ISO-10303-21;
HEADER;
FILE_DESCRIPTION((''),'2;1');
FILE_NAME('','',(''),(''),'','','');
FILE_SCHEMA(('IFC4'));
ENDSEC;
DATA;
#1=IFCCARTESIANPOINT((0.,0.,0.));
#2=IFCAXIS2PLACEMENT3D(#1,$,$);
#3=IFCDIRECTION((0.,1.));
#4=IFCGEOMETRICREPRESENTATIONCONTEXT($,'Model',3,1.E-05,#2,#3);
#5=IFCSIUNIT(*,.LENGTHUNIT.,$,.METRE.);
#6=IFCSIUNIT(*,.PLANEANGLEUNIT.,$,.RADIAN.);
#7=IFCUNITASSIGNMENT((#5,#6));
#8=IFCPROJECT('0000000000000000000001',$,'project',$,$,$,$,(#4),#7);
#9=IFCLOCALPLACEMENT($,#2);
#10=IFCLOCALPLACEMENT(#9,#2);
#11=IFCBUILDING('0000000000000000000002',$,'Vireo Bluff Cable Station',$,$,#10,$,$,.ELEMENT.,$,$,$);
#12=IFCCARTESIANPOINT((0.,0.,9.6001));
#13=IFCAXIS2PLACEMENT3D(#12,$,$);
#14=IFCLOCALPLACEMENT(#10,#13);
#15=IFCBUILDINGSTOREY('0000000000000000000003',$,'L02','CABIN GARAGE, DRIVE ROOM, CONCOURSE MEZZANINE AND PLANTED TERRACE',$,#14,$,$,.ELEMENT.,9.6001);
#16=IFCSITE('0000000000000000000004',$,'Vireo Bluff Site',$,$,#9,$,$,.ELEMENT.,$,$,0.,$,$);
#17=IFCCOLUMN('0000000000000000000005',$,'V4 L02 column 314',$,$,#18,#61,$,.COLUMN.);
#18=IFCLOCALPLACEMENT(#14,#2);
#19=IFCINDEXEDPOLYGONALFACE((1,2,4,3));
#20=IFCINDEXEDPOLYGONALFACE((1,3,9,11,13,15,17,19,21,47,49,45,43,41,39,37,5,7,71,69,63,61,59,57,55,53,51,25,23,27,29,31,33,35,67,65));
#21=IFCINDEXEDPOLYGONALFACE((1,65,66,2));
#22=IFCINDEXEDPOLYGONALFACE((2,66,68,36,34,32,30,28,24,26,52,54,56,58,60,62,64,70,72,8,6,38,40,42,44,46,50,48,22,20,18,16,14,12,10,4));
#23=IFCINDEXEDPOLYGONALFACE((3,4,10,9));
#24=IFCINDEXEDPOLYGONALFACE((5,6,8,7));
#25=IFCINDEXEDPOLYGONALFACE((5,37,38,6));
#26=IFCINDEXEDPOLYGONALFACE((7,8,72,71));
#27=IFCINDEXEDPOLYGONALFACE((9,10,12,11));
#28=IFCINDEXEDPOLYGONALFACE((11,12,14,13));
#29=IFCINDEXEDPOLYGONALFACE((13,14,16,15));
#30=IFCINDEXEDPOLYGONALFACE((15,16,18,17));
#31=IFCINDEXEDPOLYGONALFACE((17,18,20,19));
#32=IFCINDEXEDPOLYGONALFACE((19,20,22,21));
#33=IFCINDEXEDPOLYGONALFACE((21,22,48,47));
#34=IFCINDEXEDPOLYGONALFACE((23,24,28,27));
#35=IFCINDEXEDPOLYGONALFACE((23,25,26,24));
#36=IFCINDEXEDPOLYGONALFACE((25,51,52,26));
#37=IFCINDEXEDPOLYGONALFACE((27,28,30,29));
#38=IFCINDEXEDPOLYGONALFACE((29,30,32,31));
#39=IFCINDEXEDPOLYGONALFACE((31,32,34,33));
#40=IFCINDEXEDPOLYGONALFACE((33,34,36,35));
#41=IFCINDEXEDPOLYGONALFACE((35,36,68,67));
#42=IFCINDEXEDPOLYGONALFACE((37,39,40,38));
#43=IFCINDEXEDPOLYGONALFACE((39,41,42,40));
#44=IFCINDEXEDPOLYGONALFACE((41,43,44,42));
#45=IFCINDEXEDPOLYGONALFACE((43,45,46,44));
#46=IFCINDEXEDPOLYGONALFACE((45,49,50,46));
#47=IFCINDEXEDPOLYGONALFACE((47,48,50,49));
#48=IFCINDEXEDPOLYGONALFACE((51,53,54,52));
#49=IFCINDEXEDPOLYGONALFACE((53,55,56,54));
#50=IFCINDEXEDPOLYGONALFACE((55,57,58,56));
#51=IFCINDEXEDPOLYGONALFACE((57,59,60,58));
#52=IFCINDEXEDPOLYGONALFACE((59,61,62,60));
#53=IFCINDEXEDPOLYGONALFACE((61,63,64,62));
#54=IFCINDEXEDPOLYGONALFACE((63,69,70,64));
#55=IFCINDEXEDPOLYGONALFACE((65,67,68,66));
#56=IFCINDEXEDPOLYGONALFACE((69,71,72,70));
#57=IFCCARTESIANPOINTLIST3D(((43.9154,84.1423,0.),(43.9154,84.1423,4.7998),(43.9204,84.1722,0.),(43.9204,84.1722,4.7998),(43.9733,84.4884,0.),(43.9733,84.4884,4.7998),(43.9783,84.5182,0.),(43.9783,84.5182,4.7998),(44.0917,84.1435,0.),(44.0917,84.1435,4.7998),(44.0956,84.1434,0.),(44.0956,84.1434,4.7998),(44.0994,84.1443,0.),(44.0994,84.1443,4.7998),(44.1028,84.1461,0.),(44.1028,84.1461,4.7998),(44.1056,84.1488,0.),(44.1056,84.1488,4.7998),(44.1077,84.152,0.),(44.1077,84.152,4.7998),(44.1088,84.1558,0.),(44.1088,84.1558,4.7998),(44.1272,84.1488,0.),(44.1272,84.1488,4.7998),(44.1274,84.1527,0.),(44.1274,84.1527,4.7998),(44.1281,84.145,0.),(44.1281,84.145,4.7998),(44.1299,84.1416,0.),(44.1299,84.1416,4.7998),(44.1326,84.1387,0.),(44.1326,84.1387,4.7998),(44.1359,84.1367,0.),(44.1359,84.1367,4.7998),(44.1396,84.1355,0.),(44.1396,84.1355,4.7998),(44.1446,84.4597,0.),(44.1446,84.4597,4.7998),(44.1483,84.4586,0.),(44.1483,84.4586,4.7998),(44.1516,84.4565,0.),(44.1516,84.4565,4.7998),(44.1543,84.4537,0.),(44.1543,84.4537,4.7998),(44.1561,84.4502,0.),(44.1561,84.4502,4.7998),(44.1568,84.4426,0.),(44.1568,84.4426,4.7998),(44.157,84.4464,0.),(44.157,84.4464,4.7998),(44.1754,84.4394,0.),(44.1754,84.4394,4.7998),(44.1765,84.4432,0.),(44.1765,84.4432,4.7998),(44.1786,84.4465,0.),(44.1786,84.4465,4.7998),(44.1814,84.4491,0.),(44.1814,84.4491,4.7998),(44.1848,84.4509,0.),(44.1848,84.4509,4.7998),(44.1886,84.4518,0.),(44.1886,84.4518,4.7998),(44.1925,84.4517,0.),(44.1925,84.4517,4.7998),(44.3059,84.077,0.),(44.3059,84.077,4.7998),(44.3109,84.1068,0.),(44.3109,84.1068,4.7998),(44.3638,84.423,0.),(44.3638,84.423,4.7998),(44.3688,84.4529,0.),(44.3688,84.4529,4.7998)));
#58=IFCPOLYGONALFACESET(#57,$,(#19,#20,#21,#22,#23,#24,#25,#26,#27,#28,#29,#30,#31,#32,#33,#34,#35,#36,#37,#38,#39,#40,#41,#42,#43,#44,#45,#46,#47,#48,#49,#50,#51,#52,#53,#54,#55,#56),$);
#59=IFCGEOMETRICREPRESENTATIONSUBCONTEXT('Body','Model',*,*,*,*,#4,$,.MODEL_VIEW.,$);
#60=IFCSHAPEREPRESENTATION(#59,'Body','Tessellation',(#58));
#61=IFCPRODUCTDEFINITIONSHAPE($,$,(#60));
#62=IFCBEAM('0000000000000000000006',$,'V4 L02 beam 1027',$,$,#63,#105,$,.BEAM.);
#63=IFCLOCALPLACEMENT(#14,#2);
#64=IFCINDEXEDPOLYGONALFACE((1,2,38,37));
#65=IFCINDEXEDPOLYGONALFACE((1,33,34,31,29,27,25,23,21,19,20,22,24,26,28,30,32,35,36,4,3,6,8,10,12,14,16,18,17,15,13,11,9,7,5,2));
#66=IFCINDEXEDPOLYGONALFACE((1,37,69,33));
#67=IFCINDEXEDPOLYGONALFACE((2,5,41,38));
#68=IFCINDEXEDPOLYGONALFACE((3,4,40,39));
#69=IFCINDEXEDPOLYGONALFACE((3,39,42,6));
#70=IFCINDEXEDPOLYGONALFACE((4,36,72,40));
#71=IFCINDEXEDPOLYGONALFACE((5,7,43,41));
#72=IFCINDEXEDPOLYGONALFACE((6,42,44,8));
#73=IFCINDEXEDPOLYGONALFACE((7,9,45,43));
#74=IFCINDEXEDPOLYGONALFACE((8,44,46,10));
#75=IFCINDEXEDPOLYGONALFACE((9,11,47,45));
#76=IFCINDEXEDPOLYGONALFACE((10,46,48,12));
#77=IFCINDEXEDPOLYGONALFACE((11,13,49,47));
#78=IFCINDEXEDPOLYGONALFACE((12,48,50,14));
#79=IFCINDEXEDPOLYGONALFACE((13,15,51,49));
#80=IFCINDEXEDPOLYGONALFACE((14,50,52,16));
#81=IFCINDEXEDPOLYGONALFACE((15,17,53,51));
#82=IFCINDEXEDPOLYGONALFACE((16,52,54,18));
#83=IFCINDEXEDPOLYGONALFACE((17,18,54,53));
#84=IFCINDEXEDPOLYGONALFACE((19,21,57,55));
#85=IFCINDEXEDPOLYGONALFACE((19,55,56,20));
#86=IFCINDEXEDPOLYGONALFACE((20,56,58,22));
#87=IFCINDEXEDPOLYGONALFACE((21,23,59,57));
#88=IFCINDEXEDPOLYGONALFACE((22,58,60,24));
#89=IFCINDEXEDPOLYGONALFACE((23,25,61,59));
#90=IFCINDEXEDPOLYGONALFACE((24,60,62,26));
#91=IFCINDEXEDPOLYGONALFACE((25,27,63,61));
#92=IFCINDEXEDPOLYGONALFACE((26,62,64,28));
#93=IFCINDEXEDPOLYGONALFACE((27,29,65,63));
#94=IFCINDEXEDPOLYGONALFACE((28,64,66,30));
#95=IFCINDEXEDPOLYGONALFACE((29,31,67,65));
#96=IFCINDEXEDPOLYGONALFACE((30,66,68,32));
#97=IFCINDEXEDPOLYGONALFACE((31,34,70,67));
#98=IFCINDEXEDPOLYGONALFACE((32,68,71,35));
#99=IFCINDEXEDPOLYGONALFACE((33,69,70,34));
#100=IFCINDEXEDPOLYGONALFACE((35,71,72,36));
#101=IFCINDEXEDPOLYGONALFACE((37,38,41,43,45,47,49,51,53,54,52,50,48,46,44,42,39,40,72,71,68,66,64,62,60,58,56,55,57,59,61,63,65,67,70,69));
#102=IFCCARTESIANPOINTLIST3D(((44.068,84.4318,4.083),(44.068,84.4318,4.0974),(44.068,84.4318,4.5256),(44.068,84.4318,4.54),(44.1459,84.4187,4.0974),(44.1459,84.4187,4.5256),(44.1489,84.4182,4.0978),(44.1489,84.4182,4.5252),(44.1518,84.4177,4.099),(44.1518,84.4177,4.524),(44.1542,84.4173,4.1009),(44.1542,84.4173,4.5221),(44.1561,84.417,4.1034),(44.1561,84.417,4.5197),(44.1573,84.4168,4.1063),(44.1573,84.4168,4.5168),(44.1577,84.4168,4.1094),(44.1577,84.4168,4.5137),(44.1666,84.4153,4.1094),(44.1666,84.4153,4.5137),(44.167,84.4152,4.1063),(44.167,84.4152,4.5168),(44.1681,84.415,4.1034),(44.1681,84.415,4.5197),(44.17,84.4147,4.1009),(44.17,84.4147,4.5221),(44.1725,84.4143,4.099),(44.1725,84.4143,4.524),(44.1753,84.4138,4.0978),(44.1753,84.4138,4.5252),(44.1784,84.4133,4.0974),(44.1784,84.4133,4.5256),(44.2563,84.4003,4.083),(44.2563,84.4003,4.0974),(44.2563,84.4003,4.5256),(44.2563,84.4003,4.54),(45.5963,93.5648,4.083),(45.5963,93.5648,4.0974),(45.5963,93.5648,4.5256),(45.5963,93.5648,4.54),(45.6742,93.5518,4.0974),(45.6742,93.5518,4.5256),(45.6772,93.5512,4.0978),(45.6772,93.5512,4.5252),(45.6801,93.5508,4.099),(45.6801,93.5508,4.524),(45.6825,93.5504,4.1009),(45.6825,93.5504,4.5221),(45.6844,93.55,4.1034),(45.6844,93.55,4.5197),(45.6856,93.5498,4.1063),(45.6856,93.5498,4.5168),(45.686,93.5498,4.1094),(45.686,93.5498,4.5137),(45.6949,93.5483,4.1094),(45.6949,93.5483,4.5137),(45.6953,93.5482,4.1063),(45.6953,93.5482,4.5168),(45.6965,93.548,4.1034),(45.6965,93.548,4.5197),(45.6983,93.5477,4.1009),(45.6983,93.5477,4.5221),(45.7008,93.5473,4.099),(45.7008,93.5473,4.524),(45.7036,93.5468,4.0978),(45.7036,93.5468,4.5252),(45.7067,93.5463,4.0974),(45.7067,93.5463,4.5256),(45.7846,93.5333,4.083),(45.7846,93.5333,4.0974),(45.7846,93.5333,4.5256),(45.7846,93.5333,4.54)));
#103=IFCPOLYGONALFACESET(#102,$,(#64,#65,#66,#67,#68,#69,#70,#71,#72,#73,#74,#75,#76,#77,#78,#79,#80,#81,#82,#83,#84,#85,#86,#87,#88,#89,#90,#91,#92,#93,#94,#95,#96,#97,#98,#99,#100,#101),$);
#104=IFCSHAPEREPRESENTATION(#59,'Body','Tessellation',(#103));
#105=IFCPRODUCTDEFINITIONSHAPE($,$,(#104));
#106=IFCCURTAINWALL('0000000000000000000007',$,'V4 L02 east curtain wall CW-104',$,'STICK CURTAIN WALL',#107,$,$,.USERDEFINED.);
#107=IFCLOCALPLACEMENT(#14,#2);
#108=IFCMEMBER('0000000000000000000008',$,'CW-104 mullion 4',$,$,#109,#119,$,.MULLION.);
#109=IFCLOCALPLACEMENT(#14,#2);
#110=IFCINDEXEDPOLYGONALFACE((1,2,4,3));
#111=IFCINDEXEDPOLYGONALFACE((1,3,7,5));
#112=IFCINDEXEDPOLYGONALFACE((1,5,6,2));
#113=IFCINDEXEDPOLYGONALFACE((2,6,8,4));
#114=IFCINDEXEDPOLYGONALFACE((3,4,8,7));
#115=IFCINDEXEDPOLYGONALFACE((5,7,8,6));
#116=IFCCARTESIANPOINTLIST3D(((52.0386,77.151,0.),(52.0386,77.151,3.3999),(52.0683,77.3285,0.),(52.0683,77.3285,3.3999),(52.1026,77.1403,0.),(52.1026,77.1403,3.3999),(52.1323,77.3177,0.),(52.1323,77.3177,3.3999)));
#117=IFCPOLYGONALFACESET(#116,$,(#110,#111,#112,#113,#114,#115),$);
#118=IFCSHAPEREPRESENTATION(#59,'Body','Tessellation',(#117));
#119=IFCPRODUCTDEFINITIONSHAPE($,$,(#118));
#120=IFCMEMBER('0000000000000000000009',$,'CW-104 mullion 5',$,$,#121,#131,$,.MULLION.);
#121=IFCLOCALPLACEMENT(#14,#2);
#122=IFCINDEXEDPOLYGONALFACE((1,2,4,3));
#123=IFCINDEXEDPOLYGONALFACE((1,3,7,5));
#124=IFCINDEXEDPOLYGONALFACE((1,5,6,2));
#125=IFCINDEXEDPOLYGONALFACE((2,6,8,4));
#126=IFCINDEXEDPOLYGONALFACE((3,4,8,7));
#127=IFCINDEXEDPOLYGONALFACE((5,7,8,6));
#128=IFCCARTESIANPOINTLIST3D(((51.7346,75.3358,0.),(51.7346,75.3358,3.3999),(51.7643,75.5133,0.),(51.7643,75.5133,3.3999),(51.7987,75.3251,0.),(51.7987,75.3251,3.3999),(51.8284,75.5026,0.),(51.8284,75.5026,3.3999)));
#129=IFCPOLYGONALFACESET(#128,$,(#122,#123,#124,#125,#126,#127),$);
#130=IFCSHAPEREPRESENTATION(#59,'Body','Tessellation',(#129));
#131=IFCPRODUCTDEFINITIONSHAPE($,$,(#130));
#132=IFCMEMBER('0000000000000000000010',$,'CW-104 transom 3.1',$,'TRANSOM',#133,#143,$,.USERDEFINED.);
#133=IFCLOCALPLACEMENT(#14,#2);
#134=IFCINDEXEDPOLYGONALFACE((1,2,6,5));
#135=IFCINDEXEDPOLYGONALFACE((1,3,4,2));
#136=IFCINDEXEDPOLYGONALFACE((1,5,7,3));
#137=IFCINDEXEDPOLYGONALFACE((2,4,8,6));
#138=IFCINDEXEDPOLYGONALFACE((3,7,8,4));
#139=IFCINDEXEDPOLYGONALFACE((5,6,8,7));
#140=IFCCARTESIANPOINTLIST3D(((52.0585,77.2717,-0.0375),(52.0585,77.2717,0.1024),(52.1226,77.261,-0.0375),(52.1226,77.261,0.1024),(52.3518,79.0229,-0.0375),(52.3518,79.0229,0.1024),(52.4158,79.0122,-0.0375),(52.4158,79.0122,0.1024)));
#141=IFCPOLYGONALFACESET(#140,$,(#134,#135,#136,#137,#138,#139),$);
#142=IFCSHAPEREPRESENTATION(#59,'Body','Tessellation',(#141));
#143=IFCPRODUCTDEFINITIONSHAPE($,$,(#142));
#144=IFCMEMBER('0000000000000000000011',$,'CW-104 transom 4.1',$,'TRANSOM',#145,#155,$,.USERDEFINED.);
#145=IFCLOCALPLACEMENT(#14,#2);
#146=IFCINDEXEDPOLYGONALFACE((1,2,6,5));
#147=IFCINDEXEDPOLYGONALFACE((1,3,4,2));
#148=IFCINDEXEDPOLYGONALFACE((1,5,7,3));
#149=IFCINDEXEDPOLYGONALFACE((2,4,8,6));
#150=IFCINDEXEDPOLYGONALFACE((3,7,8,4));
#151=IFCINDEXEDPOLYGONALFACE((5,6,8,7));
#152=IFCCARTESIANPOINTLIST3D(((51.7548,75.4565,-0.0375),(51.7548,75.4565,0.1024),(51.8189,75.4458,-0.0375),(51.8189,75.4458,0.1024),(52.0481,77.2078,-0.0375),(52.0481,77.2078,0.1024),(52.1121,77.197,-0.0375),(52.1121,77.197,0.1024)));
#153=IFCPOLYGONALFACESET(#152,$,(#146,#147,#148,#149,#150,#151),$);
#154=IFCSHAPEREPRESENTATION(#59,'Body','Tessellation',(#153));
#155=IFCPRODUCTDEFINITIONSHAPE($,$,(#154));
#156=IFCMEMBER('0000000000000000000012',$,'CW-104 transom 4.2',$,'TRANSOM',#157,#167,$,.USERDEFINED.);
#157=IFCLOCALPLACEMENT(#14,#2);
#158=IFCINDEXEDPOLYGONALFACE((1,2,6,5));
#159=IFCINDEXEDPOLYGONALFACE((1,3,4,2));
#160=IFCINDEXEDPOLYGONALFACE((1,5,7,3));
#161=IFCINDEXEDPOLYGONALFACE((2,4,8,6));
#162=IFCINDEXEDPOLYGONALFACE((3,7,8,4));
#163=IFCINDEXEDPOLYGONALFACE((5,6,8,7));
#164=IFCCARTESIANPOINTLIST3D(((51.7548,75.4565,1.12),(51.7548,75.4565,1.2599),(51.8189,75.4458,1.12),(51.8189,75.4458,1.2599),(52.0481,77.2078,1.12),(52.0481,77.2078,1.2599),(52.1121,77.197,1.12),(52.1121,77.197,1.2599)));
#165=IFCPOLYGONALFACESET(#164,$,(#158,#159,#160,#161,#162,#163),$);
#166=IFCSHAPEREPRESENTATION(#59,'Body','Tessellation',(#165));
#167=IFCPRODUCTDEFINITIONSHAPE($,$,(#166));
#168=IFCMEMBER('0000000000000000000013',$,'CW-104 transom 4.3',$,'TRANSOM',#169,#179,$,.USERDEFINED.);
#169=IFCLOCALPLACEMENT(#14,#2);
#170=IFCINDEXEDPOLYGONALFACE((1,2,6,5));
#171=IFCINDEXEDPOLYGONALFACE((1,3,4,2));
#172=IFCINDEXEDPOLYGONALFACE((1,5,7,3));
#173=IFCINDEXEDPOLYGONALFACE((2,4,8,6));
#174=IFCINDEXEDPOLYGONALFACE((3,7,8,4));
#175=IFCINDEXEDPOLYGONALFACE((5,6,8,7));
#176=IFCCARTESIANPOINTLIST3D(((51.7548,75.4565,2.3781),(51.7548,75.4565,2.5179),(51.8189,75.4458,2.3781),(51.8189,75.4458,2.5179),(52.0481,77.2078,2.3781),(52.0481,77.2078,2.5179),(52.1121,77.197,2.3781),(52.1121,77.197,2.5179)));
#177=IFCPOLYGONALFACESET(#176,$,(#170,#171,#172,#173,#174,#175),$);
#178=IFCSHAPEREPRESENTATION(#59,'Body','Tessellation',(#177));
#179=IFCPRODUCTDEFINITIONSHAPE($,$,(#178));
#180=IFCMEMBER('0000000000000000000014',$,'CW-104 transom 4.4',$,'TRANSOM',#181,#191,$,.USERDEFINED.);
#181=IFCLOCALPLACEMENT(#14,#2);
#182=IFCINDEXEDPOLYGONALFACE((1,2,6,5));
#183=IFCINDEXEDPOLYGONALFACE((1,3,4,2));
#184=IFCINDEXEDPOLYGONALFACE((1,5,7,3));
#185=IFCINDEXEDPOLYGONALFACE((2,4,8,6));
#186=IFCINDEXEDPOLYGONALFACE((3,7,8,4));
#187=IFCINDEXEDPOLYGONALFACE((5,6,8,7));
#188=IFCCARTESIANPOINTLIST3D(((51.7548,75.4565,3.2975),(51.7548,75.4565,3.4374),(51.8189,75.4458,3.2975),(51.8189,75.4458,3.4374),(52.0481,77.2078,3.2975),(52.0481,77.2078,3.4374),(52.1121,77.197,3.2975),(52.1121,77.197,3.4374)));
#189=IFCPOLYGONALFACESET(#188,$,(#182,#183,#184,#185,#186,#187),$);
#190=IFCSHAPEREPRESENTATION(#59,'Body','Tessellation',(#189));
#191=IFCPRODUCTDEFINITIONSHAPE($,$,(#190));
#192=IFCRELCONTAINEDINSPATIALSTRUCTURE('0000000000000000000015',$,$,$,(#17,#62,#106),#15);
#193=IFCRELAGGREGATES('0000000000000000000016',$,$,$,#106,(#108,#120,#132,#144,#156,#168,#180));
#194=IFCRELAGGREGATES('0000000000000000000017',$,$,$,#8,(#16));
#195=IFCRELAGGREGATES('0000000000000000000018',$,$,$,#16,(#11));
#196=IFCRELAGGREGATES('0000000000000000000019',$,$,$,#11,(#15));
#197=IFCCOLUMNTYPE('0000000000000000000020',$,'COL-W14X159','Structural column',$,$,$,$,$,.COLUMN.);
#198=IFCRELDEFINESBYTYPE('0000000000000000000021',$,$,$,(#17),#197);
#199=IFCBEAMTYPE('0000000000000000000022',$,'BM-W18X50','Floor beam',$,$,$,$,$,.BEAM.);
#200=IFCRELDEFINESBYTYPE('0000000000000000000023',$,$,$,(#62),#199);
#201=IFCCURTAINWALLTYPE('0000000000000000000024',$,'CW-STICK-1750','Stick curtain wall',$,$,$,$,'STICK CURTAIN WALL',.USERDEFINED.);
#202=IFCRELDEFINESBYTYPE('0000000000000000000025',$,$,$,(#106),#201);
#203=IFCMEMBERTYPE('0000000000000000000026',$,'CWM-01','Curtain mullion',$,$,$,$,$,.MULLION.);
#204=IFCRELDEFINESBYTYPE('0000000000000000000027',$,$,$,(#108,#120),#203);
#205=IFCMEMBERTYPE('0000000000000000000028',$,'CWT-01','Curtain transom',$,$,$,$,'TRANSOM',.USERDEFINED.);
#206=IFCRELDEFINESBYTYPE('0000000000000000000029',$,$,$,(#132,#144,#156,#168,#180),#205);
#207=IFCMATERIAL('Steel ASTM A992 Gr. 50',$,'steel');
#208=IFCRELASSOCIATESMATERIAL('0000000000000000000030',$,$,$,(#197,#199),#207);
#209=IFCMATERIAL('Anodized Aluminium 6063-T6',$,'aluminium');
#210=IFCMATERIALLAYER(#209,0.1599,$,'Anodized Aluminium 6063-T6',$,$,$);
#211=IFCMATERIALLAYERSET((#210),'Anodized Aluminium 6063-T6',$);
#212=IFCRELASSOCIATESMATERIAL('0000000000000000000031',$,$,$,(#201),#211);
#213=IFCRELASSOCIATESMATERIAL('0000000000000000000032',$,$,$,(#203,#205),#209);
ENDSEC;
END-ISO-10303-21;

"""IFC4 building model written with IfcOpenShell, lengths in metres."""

from ifc_helpers import new_model, si_unit, direction, frame, origin, origin_2d, place, context, subcontext, project, spatial, rectangle, i_section, extrude, material, layer, layer_set, material_profile, profile_set, type_object, element, aggregate, save


model = new_model("IFC4")

# Units and contexts
model_context = context("Model", 3, precision=1e-05, world=origin(), true_north=direction((0.0, 1.0)))
body_context = subcontext(model_context, "Body", "Model", "MODEL_VIEW")
ifc_project = project(units=[si_unit("LENGTHUNIT", "METRE"), si_unit("PLANEANGLEUNIT", "RADIAN")], contexts=[model_context])

# Site, building, storey
site_placement = place(None, origin())
site = spatial("IfcSite", under=ifc_project, at=site_placement, Name="Vireo Bluff Site", CompositionType="ELEMENT", RefElevation=0.0)
building_placement = place(site_placement, origin())
building = spatial("IfcBuilding", under=site, at=building_placement, Name="Vireo Bluff Cable Station", CompositionType="ELEMENT")
storey_placement = place(building_placement, frame((0.0, 0.0, 9.6001)))
storey = spatial("IfcBuildingStorey", under=building, at=storey_placement, Name="L02", Description="CABIN GARAGE, DRIVE ROOM, CONCOURSE MEZZANINE AND PLANTED TERRACE", CompositionType="ELEMENT", Elevation=9.6001)

# Column
ifc_material_1 = material(Name="Steel ASTM A992 Gr. 50", Category="steel")
ifc_material_profile_1 = material_profile(ifc_material_1, i_section(OverallWidth=0.396, OverallDepth=0.3811, WebThickness=0.0188, FlangeThickness=0.0303, FilletRadius=0.0149, at=origin_2d()), Name="W14X159")
ifc_profile_set_1 = profile_set([ifc_material_profile_1], Name="Steel ASTM A992 Gr. 50")
column_type = type_object("IfcColumnType", Name="COL-W14X159", Description="Structural column", PredefinedType="COLUMN", material=ifc_profile_set_1)
column_placement = place(storey_placement, frame((44.1421, 84.2976, 0.0), z_axis=(0.0, 0.0, 1.0), x_axis=(0.986286, -0.165048, 0.0)))
element("IfcColumn", 1, at=column_placement, inside=storey, type_object=column_type, Name="V4 L02 column 314", PredefinedType="COLUMN", context=body_context, shape_type="SweptSolid", body=[
    extrude(i_section(OverallWidth=0.396, OverallDepth=0.3811, WebThickness=0.0188, FlangeThickness=0.0303, FilletRadius=0.0149, at=origin_2d()), origin(), (0.0, 0.0, 1.0), 4.7998),
])

# Beam
ifc_material_profile_2 = material_profile(ifc_material_1, i_section(OverallWidth=0.1909, OverallDepth=0.457, WebThickness=0.009, FlangeThickness=0.0144, FilletRadius=0.012, at=origin_2d()), Name="W18X50")
ifc_profile_set_2 = profile_set([ifc_material_profile_2], Name="Steel ASTM A992 Gr. 50")
beam_type_1 = type_object("IfcBeamType", Name="BM-W18X50", Description="Floor beam", PredefinedType="BEAM", material=ifc_profile_set_2)
beam_1_placement = place(storey_placement, frame((44.1621, 84.416, 4.3115), z_axis=(0.165045, 0.986286, 0.0), x_axis=(-0.986286, 0.165045, 0.0)))
element("IfcBeam", 2, at=beam_1_placement, inside=storey, type_object=beam_type_1, Name="V4 L02 beam 1027", PredefinedType="BEAM", context=body_context, shape_type="SweptSolid", body=[
    extrude(i_section(OverallWidth=0.1909, OverallDepth=0.457, WebThickness=0.009, FlangeThickness=0.0144, FilletRadius=0.012, at=origin_2d()), origin(), (0.0, 0.0, 1.0), 9.26),
])

# Curtain wall, members
ifc_material_2 = material(Name="Anodized Aluminium 6063-T6", Category="aluminium")
ifc_layer_1 = layer(ifc_material_2, 0.1599, Name="Anodized Aluminium 6063-T6")
ifc_layer_set_1 = layer_set([ifc_layer_1], Name="Anodized Aluminium 6063-T6")
curtain_wall_type = type_object("IfcCurtainWallType", Name="CW-STICK-1750", Description="Stick curtain wall", ElementType="STICK CURTAIN WALL", PredefinedType="USERDEFINED", material=ifc_layer_set_1)
curtain_wall_placement = place(storey_placement, origin())
curtain_wall = element("IfcCurtainWall", 3, at=curtain_wall_placement, inside=storey, type_object=curtain_wall_type, Name="V4 L02 east curtain wall CW-104", ObjectType="STICK CURTAIN WALL", PredefinedType="USERDEFINED")
ifc_material_profile_3 = material_profile(ifc_material_2, rectangle(XDim=0.0649, YDim=0.1799, at=origin_2d()), Name="ALU-M-65X180")
ifc_profile_set_3 = profile_set([ifc_material_profile_3], Name="Anodized Aluminium 6063-T6")
member_type_1 = type_object("IfcMemberType", Name="CWM-01", Description="Curtain mullion", PredefinedType="MULLION", material=ifc_profile_set_3)
member_1_placement = place(storey_placement, frame((52.0854, 77.2344, 0.0), z_axis=(0.0, 0.0, 1.0), x_axis=(0.986286, -0.165048, 0.0)))
member_1 = element("IfcMember", 4, at=member_1_placement, type_object=member_type_1, Name="CW-104 mullion 4", PredefinedType="MULLION", context=body_context, shape_type="SweptSolid", body=[
    extrude(rectangle(XDim=0.0649, YDim=0.1799, at=origin_2d()), origin(), (0.0, 0.0, 1.0), 3.3999),
])
member_2_placement = place(storey_placement, frame((51.7815, 75.4192, 0.0), z_axis=(0.0, 0.0, 1.0), x_axis=(0.986286, -0.165048, 0.0)))
member_2 = element("IfcMember", 5, at=member_2_placement, type_object=member_type_1, Name="CW-104 mullion 5", PredefinedType="MULLION", context=body_context, shape_type="SweptSolid", body=[
    extrude(rectangle(XDim=0.0649, YDim=0.1799, at=origin_2d()), origin(), (0.0, 0.0, 1.0), 3.3999),
])
ifc_material_profile_4 = material_profile(ifc_material_2, rectangle(XDim=0.0649, YDim=0.1399, at=origin_2d()), Name="ALU-T-65X140")
ifc_profile_set_4 = profile_set([ifc_material_profile_4], Name="Anodized Aluminium 6063-T6")
member_type_2 = type_object("IfcMemberType", Name="CWT-01", Description="Curtain transom", ElementType="TRANSOM", PredefinedType="USERDEFINED", material=ifc_profile_set_4)
member_3_placement = place(storey_placement, frame((52.3838, 79.0176, 0.0325), z_axis=(-0.165135, -0.986271, 0.0), x_axis=(0.986271, -0.165135, 0.0)))
member_3 = element("IfcMember", 6, at=member_3_placement, type_object=member_type_2, Name="CW-104 transom 3.1", ObjectType="TRANSOM", PredefinedType="USERDEFINED", context=body_context, shape_type="SweptSolid", body=[
    extrude(rectangle(XDim=0.0649, YDim=0.1399, at=origin_2d()), origin(), (0.0, 0.0, 1.0), 1.7756),
])
member_4_placement = place(storey_placement, frame((52.0801, 77.2024, 0.0325), z_axis=(-0.165135, -0.986271, 0.0), x_axis=(0.986271, -0.165135, 0.0)))
member_4 = element("IfcMember", 7, at=member_4_placement, type_object=member_type_2, Name="CW-104 transom 4.1", ObjectType="TRANSOM", PredefinedType="USERDEFINED", context=body_context, shape_type="SweptSolid", body=[
    extrude(rectangle(XDim=0.0649, YDim=0.1399, at=origin_2d()), origin(), (0.0, 0.0, 1.0), 1.7756),
])
member_5_placement = place(storey_placement, frame((52.0801, 77.2024, 1.1899), z_axis=(-0.165135, -0.986271, 0.0), x_axis=(0.986271, -0.165135, 0.0)))
member_5 = element("IfcMember", 8, at=member_5_placement, type_object=member_type_2, Name="CW-104 transom 4.2", ObjectType="TRANSOM", PredefinedType="USERDEFINED", context=body_context, shape_type="SweptSolid", body=[
    extrude(rectangle(XDim=0.0649, YDim=0.1399, at=origin_2d()), origin(), (0.0, 0.0, 1.0), 1.7756),
])
member_6_placement = place(storey_placement, frame((52.0801, 77.2024, 2.448), z_axis=(-0.165135, -0.986271, 0.0), x_axis=(0.986271, -0.165135, 0.0)))
member_6 = element("IfcMember", 9, at=member_6_placement, type_object=member_type_2, Name="CW-104 transom 4.3", ObjectType="TRANSOM", PredefinedType="USERDEFINED", context=body_context, shape_type="SweptSolid", body=[
    extrude(rectangle(XDim=0.0649, YDim=0.1399, at=origin_2d()), origin(), (0.0, 0.0, 1.0), 1.7756),
])
member_7_placement = place(storey_placement, frame((52.0801, 77.2024, 3.3674), z_axis=(-0.165135, -0.986271, 0.0), x_axis=(0.986271, -0.165135, 0.0)))
member_7 = element("IfcMember", 10, at=member_7_placement, type_object=member_type_2, Name="CW-104 transom 4.4", ObjectType="TRANSOM", PredefinedType="USERDEFINED", context=body_context, shape_type="SweptSolid", body=[
    extrude(rectangle(XDim=0.0649, YDim=0.1399, at=origin_2d()), origin(), (0.0, 0.0, 1.0), 1.7756),
])

aggregate(curtain_wall, [member_1, member_2, member_3, member_4, member_5, member_6, member_7])

save(model, "model.ifc")
